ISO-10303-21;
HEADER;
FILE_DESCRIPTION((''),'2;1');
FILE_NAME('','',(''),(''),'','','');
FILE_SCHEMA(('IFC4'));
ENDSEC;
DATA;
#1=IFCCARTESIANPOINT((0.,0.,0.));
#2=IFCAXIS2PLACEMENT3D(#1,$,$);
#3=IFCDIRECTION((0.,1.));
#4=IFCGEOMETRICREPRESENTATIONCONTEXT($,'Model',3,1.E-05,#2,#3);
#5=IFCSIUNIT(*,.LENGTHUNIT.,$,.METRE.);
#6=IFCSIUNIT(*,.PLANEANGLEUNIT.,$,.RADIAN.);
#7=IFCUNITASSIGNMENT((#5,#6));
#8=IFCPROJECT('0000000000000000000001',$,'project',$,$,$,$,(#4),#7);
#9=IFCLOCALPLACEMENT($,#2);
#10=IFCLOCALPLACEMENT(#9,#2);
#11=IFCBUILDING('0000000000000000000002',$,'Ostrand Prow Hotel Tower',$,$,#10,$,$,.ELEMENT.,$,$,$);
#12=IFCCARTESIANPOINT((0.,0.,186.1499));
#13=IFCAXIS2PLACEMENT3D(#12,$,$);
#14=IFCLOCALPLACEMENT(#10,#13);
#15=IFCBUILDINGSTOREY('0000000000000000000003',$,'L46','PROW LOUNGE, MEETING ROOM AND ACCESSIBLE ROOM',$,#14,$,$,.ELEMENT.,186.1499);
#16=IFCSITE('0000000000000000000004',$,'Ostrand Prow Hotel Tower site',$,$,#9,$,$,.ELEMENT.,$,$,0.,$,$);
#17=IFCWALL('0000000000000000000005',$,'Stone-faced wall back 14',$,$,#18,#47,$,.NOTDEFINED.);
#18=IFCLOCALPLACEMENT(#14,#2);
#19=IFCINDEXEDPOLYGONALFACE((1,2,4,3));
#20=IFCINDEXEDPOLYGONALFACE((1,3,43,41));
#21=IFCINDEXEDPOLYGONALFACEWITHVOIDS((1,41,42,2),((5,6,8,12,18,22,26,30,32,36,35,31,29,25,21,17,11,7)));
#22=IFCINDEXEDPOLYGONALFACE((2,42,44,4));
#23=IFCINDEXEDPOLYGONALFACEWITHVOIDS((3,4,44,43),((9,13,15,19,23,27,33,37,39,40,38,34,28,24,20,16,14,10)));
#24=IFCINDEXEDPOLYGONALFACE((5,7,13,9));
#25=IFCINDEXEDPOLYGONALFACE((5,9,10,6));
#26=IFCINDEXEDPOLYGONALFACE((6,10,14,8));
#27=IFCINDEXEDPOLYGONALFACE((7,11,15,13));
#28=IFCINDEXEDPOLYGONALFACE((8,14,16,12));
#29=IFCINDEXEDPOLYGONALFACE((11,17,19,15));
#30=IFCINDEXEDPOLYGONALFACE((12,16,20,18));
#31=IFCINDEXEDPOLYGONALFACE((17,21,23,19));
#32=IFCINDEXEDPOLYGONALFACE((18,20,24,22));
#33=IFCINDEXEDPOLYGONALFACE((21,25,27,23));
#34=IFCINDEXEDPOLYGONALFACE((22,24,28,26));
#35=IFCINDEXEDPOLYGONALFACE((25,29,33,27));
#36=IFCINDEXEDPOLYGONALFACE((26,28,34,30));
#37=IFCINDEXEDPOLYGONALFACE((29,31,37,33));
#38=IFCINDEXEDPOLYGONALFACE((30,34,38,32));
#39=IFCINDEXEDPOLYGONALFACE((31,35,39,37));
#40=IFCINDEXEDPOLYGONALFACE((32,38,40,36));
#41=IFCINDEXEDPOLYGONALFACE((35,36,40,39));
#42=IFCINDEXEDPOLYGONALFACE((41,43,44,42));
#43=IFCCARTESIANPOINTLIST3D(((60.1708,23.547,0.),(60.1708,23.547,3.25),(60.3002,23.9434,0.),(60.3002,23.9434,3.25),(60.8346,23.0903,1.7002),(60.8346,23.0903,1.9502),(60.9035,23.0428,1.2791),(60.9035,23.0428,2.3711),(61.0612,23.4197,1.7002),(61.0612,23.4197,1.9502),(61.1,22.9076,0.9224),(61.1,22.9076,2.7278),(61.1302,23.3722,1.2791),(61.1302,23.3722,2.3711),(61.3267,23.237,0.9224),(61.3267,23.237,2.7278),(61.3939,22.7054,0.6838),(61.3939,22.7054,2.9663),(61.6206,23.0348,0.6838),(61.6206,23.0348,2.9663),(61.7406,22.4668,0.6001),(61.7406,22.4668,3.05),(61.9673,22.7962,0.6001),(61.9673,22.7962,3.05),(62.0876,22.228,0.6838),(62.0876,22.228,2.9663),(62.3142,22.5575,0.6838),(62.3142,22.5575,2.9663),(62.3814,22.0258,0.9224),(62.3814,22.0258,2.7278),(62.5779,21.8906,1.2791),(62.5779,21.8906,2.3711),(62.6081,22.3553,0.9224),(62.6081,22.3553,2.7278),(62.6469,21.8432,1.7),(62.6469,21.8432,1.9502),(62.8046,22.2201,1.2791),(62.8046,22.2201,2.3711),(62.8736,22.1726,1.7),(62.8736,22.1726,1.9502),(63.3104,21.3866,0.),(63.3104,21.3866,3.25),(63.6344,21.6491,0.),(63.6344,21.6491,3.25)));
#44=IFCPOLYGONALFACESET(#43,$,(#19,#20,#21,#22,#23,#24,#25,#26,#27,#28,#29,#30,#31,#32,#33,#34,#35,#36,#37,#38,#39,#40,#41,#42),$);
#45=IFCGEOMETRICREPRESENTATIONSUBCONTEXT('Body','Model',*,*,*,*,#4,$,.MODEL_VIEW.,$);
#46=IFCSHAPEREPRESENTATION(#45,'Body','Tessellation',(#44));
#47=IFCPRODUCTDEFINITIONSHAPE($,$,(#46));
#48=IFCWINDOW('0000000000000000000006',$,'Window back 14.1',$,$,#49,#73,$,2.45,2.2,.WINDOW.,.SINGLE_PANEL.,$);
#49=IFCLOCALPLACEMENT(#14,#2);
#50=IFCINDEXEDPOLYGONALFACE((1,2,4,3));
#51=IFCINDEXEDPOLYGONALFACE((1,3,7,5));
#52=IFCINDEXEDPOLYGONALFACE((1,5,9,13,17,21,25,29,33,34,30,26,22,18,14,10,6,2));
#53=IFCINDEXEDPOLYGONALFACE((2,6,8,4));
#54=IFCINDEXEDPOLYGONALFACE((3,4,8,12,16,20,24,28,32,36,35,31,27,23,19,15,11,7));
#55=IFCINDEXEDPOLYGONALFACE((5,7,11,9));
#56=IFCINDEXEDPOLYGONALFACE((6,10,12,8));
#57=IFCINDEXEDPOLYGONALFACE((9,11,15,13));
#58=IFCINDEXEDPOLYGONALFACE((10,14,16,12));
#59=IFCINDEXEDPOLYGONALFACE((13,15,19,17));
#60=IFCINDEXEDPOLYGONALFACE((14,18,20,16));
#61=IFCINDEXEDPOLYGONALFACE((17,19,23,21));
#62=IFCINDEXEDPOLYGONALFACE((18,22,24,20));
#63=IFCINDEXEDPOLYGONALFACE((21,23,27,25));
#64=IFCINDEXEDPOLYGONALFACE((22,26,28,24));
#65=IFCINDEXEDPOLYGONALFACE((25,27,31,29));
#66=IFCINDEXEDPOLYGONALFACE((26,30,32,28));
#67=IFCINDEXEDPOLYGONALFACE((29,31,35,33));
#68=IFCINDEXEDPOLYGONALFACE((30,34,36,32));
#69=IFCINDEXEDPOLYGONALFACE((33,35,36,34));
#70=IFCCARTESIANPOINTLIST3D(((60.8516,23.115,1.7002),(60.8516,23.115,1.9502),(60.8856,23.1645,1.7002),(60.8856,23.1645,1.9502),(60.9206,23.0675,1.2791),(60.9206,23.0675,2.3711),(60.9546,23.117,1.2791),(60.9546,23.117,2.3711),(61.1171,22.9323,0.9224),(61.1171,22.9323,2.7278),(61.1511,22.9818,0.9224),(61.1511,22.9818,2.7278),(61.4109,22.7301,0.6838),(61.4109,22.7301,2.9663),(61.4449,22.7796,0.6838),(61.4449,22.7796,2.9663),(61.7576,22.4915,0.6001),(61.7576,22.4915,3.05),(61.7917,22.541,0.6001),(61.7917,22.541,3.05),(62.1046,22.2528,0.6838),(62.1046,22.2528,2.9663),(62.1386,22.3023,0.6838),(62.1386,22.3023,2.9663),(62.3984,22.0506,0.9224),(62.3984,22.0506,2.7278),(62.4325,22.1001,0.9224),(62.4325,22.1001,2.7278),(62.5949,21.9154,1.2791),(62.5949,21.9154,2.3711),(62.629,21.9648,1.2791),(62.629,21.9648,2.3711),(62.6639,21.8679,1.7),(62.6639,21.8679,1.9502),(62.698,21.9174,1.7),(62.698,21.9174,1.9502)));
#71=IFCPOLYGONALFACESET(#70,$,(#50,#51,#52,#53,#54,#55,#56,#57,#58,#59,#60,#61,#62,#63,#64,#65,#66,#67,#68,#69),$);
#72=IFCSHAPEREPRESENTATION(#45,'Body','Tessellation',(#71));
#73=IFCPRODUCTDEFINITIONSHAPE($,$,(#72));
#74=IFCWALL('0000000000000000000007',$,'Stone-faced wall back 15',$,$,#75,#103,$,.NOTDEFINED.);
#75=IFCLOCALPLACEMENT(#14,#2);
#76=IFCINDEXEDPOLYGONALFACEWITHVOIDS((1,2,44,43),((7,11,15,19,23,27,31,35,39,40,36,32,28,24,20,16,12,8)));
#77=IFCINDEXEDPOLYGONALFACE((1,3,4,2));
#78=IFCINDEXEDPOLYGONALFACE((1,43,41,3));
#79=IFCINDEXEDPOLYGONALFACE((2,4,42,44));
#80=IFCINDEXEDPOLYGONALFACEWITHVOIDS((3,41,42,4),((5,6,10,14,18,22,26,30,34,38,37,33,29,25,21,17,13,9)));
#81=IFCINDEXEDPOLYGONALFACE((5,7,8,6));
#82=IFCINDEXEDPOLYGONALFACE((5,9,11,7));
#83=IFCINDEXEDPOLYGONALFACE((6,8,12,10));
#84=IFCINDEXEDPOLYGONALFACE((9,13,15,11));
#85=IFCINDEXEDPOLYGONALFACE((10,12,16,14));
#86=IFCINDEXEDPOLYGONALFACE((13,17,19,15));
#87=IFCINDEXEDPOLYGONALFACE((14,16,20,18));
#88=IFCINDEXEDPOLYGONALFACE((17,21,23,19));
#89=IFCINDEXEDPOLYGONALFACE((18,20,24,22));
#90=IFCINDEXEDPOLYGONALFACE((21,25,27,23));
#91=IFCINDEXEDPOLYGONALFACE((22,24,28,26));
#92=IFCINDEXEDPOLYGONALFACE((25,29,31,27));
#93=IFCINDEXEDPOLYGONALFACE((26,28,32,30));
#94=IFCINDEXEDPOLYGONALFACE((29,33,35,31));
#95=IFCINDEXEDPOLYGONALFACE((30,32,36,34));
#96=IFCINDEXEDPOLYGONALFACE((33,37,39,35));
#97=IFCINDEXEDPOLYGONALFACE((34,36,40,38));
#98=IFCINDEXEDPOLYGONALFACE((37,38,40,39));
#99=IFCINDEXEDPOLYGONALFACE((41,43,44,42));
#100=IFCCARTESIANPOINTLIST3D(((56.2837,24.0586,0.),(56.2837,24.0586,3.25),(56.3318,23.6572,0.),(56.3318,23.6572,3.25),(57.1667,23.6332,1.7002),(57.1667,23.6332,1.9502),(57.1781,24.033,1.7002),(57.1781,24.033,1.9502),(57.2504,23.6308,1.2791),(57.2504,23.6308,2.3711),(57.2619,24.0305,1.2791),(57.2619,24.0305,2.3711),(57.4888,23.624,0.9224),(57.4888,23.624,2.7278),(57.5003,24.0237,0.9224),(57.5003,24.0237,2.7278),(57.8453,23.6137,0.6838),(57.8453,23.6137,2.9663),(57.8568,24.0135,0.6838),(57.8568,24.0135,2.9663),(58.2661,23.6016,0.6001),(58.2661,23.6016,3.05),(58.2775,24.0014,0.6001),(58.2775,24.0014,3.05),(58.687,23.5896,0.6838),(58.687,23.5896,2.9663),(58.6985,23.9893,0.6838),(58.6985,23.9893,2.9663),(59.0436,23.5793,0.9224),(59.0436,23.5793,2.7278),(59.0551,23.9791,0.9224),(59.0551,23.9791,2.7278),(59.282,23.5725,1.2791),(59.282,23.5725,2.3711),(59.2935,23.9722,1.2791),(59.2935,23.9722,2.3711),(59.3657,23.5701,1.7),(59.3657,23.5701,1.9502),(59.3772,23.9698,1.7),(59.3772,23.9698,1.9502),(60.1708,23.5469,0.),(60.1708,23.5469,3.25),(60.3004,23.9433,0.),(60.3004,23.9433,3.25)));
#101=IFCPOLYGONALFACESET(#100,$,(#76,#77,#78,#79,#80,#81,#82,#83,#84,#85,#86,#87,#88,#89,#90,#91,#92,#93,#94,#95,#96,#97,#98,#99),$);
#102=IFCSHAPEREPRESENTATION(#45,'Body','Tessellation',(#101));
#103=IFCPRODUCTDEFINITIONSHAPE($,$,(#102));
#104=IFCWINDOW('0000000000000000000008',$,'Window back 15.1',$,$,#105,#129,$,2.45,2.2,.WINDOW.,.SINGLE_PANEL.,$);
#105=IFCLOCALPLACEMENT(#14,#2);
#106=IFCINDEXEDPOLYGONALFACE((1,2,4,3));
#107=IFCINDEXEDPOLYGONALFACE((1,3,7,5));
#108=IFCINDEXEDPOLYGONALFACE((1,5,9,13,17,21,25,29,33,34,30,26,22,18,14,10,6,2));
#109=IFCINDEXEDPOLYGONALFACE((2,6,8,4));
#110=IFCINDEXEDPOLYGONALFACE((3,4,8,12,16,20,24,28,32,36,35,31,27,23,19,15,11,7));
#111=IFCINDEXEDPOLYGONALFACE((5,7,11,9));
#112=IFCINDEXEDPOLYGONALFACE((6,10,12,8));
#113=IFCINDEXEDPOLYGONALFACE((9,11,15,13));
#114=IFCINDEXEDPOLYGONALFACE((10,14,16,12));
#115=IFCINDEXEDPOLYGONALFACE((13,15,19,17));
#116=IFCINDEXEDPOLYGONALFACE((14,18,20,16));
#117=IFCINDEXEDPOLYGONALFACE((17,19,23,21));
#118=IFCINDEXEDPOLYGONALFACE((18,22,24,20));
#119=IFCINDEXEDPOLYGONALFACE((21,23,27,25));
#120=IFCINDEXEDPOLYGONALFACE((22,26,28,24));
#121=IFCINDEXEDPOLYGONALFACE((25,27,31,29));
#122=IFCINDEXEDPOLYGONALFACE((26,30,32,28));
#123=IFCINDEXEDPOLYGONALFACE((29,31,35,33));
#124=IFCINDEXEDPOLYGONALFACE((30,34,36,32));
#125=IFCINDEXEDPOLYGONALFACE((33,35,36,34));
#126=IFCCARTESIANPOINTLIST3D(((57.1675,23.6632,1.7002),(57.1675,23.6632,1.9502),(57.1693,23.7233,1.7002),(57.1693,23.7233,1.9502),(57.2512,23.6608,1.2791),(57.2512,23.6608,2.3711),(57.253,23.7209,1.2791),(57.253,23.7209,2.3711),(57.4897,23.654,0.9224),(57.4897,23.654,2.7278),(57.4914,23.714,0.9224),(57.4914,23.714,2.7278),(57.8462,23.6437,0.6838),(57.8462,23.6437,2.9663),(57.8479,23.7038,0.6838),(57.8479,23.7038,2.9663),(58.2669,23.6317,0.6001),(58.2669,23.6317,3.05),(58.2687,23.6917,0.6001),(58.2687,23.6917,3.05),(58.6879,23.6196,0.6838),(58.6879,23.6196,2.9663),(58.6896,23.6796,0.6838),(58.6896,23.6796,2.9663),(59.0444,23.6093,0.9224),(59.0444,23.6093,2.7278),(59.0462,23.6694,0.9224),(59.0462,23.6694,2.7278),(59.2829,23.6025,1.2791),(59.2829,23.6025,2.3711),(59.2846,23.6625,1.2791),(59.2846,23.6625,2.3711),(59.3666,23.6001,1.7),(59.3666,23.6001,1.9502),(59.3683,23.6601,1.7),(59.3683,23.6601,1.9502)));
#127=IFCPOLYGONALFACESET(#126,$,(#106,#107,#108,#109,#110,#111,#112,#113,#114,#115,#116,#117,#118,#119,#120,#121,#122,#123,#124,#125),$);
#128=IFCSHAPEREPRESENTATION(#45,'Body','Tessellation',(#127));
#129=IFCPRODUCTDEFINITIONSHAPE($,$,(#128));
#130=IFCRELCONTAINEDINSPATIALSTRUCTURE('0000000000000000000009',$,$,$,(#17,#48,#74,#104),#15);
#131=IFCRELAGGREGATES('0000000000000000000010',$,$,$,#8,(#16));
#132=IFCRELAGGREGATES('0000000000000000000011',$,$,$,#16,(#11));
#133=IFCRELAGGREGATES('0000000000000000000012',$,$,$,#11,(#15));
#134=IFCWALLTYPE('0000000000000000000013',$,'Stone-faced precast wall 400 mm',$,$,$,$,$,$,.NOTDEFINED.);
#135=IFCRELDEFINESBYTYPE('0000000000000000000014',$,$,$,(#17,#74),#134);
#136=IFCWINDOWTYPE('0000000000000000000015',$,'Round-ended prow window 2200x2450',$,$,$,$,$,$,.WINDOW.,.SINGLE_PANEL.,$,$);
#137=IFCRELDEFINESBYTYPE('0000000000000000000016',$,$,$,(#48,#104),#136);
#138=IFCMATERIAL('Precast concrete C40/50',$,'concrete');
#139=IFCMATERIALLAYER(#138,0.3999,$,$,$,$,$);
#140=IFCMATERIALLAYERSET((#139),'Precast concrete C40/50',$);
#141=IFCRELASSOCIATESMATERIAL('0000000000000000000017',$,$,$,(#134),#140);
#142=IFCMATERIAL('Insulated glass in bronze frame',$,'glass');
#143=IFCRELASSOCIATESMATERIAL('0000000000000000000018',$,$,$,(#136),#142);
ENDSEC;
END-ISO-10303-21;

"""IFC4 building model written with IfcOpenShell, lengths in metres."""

from ifc_helpers import new_model, si_unit, direction, frame, origin, place, context, subcontext, project, spatial, polyline, outline, extrude, material, layer, layer_set, type_object, element, fill, save


model = new_model("IFC4")

# Units and contexts
model_context = context("Model", 3, precision=1e-05, world=origin(), true_north=direction((0.0, 1.0)))
body_context = subcontext(model_context, "Body", "Model", "MODEL_VIEW")
ifc_project = project(units=[si_unit("LENGTHUNIT", "METRE"), si_unit("PLANEANGLEUNIT", "RADIAN")], contexts=[model_context])

# Site, building, storey
site_placement = place(None, origin())
site = spatial("IfcSite", under=ifc_project, at=site_placement, Name="Ostrand Prow Hotel Tower site", CompositionType="ELEMENT", RefElevation=0.0)
building_placement = place(site_placement, origin())
building = spatial("IfcBuilding", under=site, at=building_placement, Name="Ostrand Prow Hotel Tower", CompositionType="ELEMENT")
storey_placement = place(building_placement, frame((0.0, 0.0, 186.1499)))
storey = spatial("IfcBuildingStorey", under=building, at=storey_placement, Name="L46", Description="PROW LOUNGE, MEETING ROOM AND ACCESSIBLE ROOM", CompositionType="ELEMENT", Elevation=186.1499)

# Walls, openings, windows
ifc_material_1 = material(Name="Precast concrete C40/50", Category="concrete")
ifc_layer_1 = layer(ifc_material_1, 0.3999)
ifc_layer_set_1 = layer_set([ifc_layer_1], Name="Precast concrete C40/50")
wall_type_1 = type_object("IfcWallType", Name="Stone-faced precast wall 400 mm", PredefinedType="NOTDEFINED", material=ifc_layer_set_1)
ifc_material_2 = material(Name="Insulated glass in bronze frame", Category="glass")
window_type_1 = type_object("IfcWindowType", Name="Round-ended prow window 2200x2450", PartitioningType="SINGLE_PANEL", PredefinedType="WINDOW", material=ifc_material_2)
wall_1_placement = place(storey_placement, frame((63.4724, 21.5178, 0.0), z_axis=(0.0, 0.0, 1.0), x_axis=(-0.823806, 0.566872, 0.0)))
wall_1 = element("IfcWall", 1, at=wall_1_placement, inside=storey, type_object=wall_type_1, Name="Stone-faced wall back 14", PredefinedType="NOTDEFINED", context=body_context, shape_type="SweptSolid", body=[
    extrude(outline(polyline([(-0.0591, -0.2), (3.9883, -0.2), (3.8701, 0.2), (0.0591, 0.2), (-0.0591, -0.2)])), origin(), (0.0, 0.0, 1.0), 3.25),
])
opening_1_placement = place(wall_1_placement, frame((0.8645, 0.0, 0.6001)))
opening_1 = element("IfcOpeningElement", 2, at=opening_1_placement, cuts=wall_1, PredefinedType="OPENING", context=body_context, shape_type="SweptSolid", body=[
    extrude(outline(polyline([(0.0, 1.3501), (0.0837, 1.771), (0.3223, 2.1277), (0.679, 2.3662), (1.1001, 2.45), (1.521, 2.3662), (1.8777, 2.1277), (2.1162, 1.771), (2.2, 1.3501), (2.2, 1.1001), (2.1162, 0.679), (1.8777, 0.3223), (1.521, 0.0837), (1.1001, 0.0), (0.679, 0.0837), (0.3223, 0.3223), (0.0837, 0.679), (0.0, 1.0999), (0.0, 1.3501)])), frame((0.0, 0.21, 0.0), z_axis=(0.0, -1.0, 0.0), x_axis=(1.0, 0.0, 0.0)), (0.0, 0.0, 1.0), 0.4199),
])
window_1_placement = place(opening_1_placement, origin())
window_1 = element("IfcWindow", 3, at=window_1_placement, inside=storey, type_object=window_type_1, Name="Window back 14.1", OverallHeight=2.45, OverallWidth=2.2, PartitioningType="SINGLE_PANEL", PredefinedType="WINDOW", context=body_context, shape_type="SweptSolid", body=[
    extrude(outline(polyline([(0.0, 1.3501), (0.0837, 1.771), (0.3223, 2.1277), (0.679, 2.3662), (1.1001, 2.45), (1.521, 2.3662), (1.8777, 2.1277), (2.1162, 1.771), (2.2, 1.3501), (2.2, 1.1001), (2.1162, 0.679), (1.8777, 0.3223), (1.521, 0.0837), (1.1001, 0.0), (0.679, 0.0837), (0.3223, 0.3223), (0.0837, 0.679), (0.0, 1.0999), (0.0, 1.3501)])), frame((0.0, 0.1699, 0.0), z_axis=(0.0, -1.0, 0.0), x_axis=(1.0, 0.0, 0.0)), (0.0, 0.0, 1.0), 0.0601),
])
fill(opening_1, window_1)
wall_2_placement = place(storey_placement, frame((60.2356, 23.7451, 0.0), z_axis=(0.0, 0.0, 1.0), x_axis=(-0.999588, 0.028705, 0.0)))
wall_2 = element("IfcWall", 4, at=wall_2_placement, inside=storey, type_object=wall_type_1, Name="Stone-faced wall back 15", PredefinedType="NOTDEFINED", context=body_context, shape_type="SweptSolid", body=[
    extrude(outline(polyline([(-0.0591, -0.2), (3.9592, -0.2), (3.8997, 0.2), (0.0591, 0.2), (-0.0591, -0.2)])), origin(), (0.0, 0.0, 1.0), 3.25),
])
opening_2_placement = place(wall_2_placement, frame((0.8645, 0.0, 0.6001)))
opening_2 = element("IfcOpeningElement", 5, at=opening_2_placement, cuts=wall_2, PredefinedType="OPENING", context=body_context, shape_type="SweptSolid", body=[
    extrude(outline(polyline([(0.0, 1.3501), (0.0837, 1.771), (0.3223, 2.1277), (0.679, 2.3662), (1.1001, 2.45), (1.521, 2.3662), (1.8777, 2.1277), (2.1162, 1.771), (2.2, 1.3501), (2.2, 1.1001), (2.1162, 0.679), (1.8777, 0.3223), (1.521, 0.0837), (1.1001, 0.0), (0.679, 0.0837), (0.3223, 0.3223), (0.0837, 0.679), (0.0, 1.0999), (0.0, 1.3501)])), frame((0.0, 0.21, 0.0), z_axis=(0.0, -1.0, 0.0), x_axis=(1.0, 0.0, 0.0)), (0.0, 0.0, 1.0), 0.4199),
])
window_2_placement = place(opening_2_placement, origin())
window_2 = element("IfcWindow", 6, at=window_2_placement, inside=storey, type_object=window_type_1, Name="Window back 15.1", OverallHeight=2.45, OverallWidth=2.2, PartitioningType="SINGLE_PANEL", PredefinedType="WINDOW", context=body_context, shape_type="SweptSolid", body=[
    extrude(outline(polyline([(0.0, 1.3501), (0.0837, 1.771), (0.3223, 2.1277), (0.679, 2.3662), (1.1001, 2.45), (1.521, 2.3662), (1.8777, 2.1277), (2.1162, 1.771), (2.2, 1.3501), (2.2, 1.1001), (2.1162, 0.679), (1.8777, 0.3223), (1.521, 0.0837), (1.1001, 0.0), (0.679, 0.0837), (0.3223, 0.3223), (0.0837, 0.679), (0.0, 1.0999), (0.0, 1.3501)])), frame((0.0, 0.1699, 0.0), z_axis=(0.0, -1.0, 0.0), x_axis=(1.0, 0.0, 0.0)), (0.0, 0.0, 1.0), 0.0601),
])
fill(opening_2, window_2)

save(model, "model.ifc")
